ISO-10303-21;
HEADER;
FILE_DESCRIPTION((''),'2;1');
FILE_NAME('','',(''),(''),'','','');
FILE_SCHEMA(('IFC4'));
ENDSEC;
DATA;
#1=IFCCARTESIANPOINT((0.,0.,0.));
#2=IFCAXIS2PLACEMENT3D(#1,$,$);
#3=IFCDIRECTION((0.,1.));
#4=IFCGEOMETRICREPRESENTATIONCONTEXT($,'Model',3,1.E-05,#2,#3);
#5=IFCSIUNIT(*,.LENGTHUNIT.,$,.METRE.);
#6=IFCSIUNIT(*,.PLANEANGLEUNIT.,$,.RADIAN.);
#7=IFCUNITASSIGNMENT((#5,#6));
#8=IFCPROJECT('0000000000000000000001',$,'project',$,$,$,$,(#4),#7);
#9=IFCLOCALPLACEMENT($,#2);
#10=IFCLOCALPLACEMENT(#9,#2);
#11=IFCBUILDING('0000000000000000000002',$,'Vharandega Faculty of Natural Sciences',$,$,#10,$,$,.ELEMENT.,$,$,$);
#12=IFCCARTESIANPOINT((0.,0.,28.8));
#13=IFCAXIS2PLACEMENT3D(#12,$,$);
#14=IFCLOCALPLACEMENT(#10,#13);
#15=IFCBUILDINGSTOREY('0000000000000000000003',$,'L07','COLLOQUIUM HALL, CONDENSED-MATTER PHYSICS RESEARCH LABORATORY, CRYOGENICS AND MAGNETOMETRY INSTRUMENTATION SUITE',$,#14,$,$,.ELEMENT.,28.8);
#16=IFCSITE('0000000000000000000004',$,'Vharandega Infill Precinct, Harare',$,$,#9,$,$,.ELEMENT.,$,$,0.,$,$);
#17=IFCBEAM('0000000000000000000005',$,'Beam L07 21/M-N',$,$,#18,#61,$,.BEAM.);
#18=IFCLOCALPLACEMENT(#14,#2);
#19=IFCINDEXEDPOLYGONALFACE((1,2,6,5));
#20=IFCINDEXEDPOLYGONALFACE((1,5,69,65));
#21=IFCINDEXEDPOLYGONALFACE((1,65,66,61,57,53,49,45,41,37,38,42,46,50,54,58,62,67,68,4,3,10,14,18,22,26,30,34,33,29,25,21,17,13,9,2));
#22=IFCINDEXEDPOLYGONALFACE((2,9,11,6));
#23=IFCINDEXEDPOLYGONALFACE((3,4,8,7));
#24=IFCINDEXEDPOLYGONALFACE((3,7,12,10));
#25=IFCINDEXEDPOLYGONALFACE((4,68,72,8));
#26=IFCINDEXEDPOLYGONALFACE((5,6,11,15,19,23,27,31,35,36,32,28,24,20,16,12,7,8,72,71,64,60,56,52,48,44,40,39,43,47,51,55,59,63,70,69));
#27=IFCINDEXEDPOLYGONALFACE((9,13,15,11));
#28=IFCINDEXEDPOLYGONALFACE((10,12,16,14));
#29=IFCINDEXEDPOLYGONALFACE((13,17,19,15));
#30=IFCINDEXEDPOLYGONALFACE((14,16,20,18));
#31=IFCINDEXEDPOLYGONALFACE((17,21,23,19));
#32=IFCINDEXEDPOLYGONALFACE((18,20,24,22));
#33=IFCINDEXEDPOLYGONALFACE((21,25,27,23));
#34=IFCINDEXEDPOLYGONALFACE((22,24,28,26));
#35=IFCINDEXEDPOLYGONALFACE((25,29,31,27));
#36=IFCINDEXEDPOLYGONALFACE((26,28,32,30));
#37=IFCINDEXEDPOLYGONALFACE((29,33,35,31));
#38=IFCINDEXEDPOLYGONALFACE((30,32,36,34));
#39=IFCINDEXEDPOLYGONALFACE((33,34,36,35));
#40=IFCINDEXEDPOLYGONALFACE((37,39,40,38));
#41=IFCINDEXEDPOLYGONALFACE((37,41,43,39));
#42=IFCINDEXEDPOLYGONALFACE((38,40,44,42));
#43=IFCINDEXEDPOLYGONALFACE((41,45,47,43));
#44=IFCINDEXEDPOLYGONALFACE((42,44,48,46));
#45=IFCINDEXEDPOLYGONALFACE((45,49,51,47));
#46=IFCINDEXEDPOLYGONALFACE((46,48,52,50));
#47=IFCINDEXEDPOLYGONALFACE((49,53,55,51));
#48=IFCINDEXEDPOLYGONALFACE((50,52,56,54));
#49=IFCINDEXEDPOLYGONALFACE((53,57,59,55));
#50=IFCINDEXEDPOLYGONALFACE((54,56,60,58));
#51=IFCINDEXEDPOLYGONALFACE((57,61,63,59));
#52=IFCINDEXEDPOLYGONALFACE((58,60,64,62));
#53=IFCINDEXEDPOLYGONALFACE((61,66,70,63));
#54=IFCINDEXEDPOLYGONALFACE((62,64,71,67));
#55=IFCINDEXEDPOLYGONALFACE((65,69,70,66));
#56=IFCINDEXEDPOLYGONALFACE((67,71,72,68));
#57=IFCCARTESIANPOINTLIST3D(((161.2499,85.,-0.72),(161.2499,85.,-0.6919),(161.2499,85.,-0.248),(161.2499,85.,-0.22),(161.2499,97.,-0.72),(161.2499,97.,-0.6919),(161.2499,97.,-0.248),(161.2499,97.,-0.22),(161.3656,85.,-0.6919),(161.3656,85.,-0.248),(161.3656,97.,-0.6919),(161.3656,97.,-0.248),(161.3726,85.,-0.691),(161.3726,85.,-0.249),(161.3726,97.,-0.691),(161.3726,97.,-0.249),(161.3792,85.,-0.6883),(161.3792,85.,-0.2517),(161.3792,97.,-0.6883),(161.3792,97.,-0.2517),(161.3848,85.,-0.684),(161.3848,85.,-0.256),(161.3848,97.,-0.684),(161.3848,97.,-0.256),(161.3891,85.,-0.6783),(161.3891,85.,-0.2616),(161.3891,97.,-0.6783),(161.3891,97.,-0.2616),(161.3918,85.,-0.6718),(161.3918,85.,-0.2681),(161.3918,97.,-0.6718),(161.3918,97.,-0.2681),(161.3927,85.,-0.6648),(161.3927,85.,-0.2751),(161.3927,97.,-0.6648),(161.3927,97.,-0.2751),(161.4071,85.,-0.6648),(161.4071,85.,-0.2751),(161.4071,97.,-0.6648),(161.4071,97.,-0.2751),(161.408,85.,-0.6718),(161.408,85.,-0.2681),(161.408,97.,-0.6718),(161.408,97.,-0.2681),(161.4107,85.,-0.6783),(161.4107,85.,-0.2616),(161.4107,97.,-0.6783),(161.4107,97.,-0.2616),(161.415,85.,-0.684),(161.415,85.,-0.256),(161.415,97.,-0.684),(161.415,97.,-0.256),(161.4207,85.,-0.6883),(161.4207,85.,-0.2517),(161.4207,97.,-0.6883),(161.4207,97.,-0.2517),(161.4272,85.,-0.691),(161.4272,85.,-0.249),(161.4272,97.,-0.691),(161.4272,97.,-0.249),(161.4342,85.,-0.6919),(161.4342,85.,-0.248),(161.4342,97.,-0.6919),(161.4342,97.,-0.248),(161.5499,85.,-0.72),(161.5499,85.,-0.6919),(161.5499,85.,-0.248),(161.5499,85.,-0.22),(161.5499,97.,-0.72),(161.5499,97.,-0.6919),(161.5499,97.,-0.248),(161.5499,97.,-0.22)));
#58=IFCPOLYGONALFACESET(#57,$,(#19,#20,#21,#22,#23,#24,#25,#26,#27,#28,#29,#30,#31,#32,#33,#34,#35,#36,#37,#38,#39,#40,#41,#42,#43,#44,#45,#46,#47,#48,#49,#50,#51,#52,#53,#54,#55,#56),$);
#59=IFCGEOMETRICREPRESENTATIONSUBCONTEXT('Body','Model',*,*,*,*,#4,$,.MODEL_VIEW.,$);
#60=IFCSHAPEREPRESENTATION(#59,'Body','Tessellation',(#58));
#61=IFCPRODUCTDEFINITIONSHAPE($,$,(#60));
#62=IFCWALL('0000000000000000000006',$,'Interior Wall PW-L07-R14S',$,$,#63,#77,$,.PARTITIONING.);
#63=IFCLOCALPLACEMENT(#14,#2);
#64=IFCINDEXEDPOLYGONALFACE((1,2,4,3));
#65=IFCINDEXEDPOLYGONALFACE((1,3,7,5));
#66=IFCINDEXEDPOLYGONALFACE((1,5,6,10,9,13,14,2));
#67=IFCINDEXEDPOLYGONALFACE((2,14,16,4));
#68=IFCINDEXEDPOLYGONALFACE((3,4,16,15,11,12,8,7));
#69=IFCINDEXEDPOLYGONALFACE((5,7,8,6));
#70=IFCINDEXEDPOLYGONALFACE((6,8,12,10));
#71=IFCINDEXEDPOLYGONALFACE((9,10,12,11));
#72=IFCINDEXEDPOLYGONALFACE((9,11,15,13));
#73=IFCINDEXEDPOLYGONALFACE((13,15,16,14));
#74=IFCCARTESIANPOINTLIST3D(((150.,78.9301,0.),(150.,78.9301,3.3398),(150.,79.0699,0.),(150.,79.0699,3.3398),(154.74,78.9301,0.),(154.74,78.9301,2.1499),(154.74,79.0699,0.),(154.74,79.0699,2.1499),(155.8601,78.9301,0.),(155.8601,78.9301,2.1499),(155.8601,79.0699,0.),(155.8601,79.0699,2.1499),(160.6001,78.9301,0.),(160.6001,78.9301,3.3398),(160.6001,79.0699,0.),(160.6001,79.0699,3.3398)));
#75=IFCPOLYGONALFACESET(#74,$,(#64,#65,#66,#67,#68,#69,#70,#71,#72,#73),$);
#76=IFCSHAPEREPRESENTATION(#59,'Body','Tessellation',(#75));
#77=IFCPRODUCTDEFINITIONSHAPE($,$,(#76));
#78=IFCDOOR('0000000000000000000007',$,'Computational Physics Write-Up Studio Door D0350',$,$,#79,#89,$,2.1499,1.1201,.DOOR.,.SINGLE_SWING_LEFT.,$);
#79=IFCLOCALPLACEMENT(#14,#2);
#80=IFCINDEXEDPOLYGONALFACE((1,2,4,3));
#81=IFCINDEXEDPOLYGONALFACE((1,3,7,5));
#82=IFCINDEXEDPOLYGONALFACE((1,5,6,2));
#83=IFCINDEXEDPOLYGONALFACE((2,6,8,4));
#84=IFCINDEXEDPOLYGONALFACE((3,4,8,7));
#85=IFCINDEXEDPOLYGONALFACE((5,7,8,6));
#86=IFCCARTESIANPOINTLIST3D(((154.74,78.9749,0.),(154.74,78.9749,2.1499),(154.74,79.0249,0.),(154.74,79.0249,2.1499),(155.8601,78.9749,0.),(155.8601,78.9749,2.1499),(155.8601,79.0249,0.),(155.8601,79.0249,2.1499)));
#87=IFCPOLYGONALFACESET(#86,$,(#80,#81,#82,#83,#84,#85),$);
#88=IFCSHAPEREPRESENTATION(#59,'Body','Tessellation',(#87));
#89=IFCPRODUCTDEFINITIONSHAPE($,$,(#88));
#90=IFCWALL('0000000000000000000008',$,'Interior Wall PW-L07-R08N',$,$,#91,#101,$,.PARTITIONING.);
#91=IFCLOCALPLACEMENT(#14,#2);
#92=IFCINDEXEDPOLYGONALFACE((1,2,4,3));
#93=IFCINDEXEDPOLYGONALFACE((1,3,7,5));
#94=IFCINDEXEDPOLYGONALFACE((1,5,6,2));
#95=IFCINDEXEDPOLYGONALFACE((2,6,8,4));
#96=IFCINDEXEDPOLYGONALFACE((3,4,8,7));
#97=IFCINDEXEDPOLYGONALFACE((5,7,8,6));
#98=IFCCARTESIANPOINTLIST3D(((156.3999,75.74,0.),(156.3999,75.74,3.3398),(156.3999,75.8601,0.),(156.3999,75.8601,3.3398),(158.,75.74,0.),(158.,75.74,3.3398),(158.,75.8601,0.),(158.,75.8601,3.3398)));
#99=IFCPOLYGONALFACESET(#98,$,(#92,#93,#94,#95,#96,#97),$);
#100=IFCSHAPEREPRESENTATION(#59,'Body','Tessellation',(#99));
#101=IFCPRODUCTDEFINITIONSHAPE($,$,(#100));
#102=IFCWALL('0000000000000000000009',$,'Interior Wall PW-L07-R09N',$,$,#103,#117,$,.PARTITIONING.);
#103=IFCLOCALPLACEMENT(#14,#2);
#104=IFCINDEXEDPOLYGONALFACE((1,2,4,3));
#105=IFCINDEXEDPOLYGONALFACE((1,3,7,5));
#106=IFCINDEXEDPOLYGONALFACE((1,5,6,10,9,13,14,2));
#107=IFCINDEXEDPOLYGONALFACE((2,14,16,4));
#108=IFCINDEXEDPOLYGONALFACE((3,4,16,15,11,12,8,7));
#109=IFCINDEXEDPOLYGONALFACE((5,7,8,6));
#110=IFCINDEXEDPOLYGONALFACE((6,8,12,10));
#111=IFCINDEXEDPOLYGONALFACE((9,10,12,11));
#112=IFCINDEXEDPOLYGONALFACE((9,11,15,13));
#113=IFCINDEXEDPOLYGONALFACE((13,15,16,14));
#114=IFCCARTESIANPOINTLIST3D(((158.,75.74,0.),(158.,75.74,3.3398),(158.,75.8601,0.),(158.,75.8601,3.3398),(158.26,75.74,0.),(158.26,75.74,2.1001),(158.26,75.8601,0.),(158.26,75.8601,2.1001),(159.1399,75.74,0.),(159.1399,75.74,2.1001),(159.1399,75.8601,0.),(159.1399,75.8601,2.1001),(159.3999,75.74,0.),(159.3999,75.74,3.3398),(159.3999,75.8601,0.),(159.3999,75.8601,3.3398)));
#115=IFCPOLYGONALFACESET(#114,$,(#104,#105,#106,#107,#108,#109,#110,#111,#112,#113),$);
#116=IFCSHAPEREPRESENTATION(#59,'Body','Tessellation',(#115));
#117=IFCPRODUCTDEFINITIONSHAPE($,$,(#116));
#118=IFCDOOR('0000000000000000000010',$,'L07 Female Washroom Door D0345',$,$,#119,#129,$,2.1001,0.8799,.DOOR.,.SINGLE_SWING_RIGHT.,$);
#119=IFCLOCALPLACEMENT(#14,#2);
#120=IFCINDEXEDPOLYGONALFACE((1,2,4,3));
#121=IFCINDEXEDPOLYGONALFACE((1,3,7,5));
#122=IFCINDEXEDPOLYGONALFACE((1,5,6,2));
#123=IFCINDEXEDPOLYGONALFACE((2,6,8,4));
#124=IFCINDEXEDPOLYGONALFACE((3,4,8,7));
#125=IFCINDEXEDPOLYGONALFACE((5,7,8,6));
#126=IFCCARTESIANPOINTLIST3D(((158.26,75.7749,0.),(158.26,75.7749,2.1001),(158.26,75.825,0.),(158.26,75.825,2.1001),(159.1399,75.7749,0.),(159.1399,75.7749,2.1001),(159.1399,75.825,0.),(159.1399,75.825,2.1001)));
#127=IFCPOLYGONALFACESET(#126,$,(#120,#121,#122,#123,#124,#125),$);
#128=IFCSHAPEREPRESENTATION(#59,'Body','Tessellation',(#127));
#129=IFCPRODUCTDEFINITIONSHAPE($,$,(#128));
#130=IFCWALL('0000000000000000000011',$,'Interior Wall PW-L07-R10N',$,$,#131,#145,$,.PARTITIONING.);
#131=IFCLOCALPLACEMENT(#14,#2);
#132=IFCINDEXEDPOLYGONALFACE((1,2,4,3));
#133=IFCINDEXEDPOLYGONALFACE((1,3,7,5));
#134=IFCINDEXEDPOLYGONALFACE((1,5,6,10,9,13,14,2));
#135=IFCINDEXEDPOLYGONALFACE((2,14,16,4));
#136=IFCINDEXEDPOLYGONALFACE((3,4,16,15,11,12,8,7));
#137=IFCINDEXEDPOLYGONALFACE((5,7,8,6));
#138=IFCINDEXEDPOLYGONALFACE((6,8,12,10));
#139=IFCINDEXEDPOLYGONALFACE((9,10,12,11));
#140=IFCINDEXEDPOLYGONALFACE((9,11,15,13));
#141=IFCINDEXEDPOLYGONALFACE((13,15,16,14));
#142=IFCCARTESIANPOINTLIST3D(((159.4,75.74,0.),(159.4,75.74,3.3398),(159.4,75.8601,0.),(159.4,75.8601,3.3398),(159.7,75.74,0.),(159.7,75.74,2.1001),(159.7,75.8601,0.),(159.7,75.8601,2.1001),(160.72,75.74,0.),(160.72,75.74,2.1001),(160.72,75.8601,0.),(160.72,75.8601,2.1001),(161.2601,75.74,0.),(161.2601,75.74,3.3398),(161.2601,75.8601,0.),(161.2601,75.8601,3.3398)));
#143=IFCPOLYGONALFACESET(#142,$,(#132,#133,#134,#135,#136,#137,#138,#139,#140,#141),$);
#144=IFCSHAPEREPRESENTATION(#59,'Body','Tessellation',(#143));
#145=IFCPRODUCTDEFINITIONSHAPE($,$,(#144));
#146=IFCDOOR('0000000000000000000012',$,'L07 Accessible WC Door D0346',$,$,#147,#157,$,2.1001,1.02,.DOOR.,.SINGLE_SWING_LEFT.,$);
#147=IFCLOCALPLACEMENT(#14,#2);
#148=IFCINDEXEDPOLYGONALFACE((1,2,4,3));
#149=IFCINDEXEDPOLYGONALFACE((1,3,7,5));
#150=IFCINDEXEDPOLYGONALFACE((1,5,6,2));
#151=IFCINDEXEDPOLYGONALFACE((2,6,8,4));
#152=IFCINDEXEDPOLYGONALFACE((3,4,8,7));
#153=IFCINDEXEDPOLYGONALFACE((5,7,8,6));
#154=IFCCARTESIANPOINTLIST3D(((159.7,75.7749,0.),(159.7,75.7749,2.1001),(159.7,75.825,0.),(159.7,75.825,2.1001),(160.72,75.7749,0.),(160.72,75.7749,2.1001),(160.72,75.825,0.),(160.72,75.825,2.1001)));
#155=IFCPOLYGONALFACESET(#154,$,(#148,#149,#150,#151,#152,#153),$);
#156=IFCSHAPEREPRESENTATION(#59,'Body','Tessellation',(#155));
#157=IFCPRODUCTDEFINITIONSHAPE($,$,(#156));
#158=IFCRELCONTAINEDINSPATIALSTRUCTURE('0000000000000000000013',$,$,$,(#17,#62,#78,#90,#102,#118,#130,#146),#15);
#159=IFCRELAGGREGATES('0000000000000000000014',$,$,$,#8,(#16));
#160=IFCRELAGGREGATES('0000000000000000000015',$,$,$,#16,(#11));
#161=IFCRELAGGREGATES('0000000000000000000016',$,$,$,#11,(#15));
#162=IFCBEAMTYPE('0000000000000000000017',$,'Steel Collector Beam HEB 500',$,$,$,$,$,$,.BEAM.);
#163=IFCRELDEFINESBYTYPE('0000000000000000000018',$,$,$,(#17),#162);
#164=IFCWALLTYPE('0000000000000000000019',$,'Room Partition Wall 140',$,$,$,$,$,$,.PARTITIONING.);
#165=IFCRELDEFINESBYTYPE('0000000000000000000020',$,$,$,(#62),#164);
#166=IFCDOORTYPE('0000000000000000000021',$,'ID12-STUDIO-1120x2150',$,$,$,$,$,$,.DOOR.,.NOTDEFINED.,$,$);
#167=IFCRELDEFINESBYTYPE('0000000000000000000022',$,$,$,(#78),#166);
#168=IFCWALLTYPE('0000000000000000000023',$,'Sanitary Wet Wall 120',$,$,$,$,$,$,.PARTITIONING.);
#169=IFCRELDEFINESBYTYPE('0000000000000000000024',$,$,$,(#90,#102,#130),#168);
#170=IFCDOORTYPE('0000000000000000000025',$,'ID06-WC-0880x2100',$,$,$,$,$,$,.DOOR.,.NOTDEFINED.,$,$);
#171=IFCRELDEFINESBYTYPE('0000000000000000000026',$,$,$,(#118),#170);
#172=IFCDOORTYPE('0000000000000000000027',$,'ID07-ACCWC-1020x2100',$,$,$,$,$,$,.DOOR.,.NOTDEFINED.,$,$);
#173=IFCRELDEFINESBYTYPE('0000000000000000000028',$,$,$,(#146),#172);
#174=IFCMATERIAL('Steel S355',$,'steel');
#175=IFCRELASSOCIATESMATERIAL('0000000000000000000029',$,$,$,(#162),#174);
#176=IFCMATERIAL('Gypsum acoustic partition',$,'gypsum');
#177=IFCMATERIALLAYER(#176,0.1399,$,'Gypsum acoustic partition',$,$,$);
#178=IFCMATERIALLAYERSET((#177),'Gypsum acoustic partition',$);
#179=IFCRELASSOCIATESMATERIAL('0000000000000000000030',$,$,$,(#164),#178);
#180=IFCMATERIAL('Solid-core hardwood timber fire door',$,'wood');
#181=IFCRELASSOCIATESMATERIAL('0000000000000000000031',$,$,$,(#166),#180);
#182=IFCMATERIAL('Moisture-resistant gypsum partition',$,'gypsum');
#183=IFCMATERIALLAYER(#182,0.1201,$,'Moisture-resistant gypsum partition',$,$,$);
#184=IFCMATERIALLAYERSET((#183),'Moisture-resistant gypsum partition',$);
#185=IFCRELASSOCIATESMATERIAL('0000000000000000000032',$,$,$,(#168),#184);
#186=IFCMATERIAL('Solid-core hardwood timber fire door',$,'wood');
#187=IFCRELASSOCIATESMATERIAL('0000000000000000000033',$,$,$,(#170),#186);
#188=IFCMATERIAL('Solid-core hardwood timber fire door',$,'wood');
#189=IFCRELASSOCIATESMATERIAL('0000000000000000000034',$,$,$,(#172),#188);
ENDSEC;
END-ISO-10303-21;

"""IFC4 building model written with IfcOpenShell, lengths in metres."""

from ifc_helpers import new_model, si_unit, direction, frame, frame_2d, origin, origin_2d, place, context, subcontext, project, spatial, rectangle, i_section, extrude, material, layer, layer_set, material_profile, profile_set, type_object, element, fill, save


model = new_model("IFC4")

# Units and contexts
model_context = context("Model", 3, precision=1e-05, world=origin(), true_north=direction((0.0, 1.0)))
body_context = subcontext(model_context, "Body", "Model", "MODEL_VIEW")
ifc_project = project(units=[si_unit("LENGTHUNIT", "METRE"), si_unit("PLANEANGLEUNIT", "RADIAN")], contexts=[model_context])

# Site, building, storey
site_placement = place(None, origin())
site = spatial("IfcSite", under=ifc_project, at=site_placement, Name="Vharandega Infill Precinct, Harare", CompositionType="ELEMENT", RefElevation=0.0)
building_placement = place(site_placement, origin())
building = spatial("IfcBuilding", under=site, at=building_placement, Name="Vharandega Faculty of Natural Sciences", CompositionType="ELEMENT")
storey_placement = place(building_placement, frame((0.0, 0.0, 28.8)))
storey = spatial("IfcBuildingStorey", under=building, at=storey_placement, Name="L07", Description="COLLOQUIUM HALL, CONDENSED-MATTER PHYSICS RESEARCH LABORATORY, CRYOGENICS AND MAGNETOMETRY INSTRUMENTATION SUITE", CompositionType="ELEMENT", Elevation=28.8)

# Beam
ifc_material_1 = material(Name="Steel S355", Category="steel")
ifc_material_profile_1 = material_profile(ifc_material_1, i_section(OverallWidth=0.3, OverallDepth=0.5, WebThickness=0.0144, FlangeThickness=0.0281, FilletRadius=0.0271, at=origin_2d()), Name="HEB 500")
ifc_profile_set_1 = profile_set([ifc_material_profile_1], Name="Steel S355")
beam_type_1 = type_object("IfcBeamType", Name="Steel Collector Beam HEB 500", PredefinedType="BEAM", material=ifc_profile_set_1)
for number, where, z_axis, x_axis, name in (
    (1, (161.3999, 85.0, -0.47), (0.0, 1.0, 0.0), (-1.0, 0.0, 0.0), "Beam L07 21/M-N"),
):
    element("IfcBeam", number, at=place(storey_placement, frame(where, z_axis=z_axis, x_axis=x_axis)), inside=storey, type_object=beam_type_1, Name=name, PredefinedType="BEAM", context=body_context, shape_type="SweptSolid", body=[
        extrude(i_section(OverallWidth=0.3, OverallDepth=0.5, WebThickness=0.0144, FlangeThickness=0.0281, FilletRadius=0.0271, at=origin_2d()), origin(), (0.0, 0.0, 1.0), 12.0),
    ])

# Wall, opening, door
ifc_material_2 = material(Name="Gypsum acoustic partition", Category="gypsum")
ifc_layer_1 = layer(ifc_material_2, 0.1399, Name="Gypsum acoustic partition")
ifc_layer_set_1 = layer_set([ifc_layer_1], Name="Gypsum acoustic partition")
wall_type_1 = type_object("IfcWallType", Name="Room Partition Wall 140", PredefinedType="PARTITIONING", material=ifc_layer_set_1)
wall_1_placement = place(storey_placement, frame((150.0, 79.0, 0.0), z_axis=(0.0, 0.0, 1.0), x_axis=(1.0, 0.0, 0.0)))
wall_1 = element("IfcWall", 2, at=wall_1_placement, inside=storey, type_object=wall_type_1, Name="Interior Wall PW-L07-R14S", PredefinedType="PARTITIONING", context=body_context, shape_type="SweptSolid", body=[
    extrude(rectangle(XDim=10.6001, YDim=0.1399, at=frame_2d((5.3, 0.0))), origin(), (0.0, 0.0, 1.0), 3.3398),
])
opening_1_placement = place(wall_1_placement, frame((4.74, 0.0, 0.0)))
opening_1 = element("IfcOpeningElement", 3, at=opening_1_placement, cuts=wall_1, PredefinedType="OPENING", context=body_context, shape_type="SweptSolid", body=[
    extrude(rectangle(XDim=1.1201, YDim=2.1499, at=frame_2d((0.5601, 1.075))), frame((0.0, 0.0801, 0.0), z_axis=(0.0, -1.0, 0.0), x_axis=(1.0, 0.0, 0.0)), (0.0, 0.0, 1.0), 0.1599),
])
ifc_material_3 = material(Name="Solid-core hardwood timber fire door", Category="wood")
door_type_1 = type_object("IfcDoorType", Name="ID12-STUDIO-1120x2150", OperationType="NOTDEFINED", PredefinedType="DOOR", material=ifc_material_3)
door_1_placement = place(opening_1_placement, origin())
door_1 = element("IfcDoor", 4, at=door_1_placement, inside=storey, type_object=door_type_1, Name="Computational Physics Write-Up Studio Door D0350", OperationType="SINGLE_SWING_LEFT", OverallHeight=2.1499, OverallWidth=1.1201, PredefinedType="DOOR", context=body_context, shape_type="SweptSolid", body=[
    extrude(rectangle(XDim=1.1201, YDim=2.1499, at=frame_2d((0.5601, 1.075))), frame((0.0, 0.0249, 0.0), z_axis=(0.0, -1.0, 0.0), x_axis=(1.0, 0.0, 0.0)), (0.0, 0.0, 1.0), 0.05),
])
fill(opening_1, door_1)

# Wall
ifc_material_4 = material(Name="Moisture-resistant gypsum partition", Category="gypsum")
ifc_layer_2 = layer(ifc_material_4, 0.1201, Name="Moisture-resistant gypsum partition")
ifc_layer_set_2 = layer_set([ifc_layer_2], Name="Moisture-resistant gypsum partition")
wall_type_2 = type_object("IfcWallType", Name="Sanitary Wet Wall 120", PredefinedType="PARTITIONING", material=ifc_layer_set_2)
wall_2_placement = place(storey_placement, frame((156.3999, 75.8, 0.0), z_axis=(0.0, 0.0, 1.0), x_axis=(1.0, 0.0, 0.0)))
element("IfcWall", 5, at=wall_2_placement, inside=storey, type_object=wall_type_2, Name="Interior Wall PW-L07-R08N", PredefinedType="PARTITIONING", context=body_context, shape_type="SweptSolid", body=[
    extrude(rectangle(XDim=1.6001, YDim=0.1201, at=frame_2d((0.8, 0.0))), origin(), (0.0, 0.0, 1.0), 3.3398),
])

# Walls, openings, doors
wall_3_placement = place(storey_placement, frame((158.0, 75.8, 0.0), z_axis=(0.0, 0.0, 1.0), x_axis=(1.0, 0.0, 0.0)))
wall_3 = element("IfcWall", 6, at=wall_3_placement, inside=storey, type_object=wall_type_2, Name="Interior Wall PW-L07-R09N", PredefinedType="PARTITIONING", context=body_context, shape_type="SweptSolid", body=[
    extrude(rectangle(XDim=1.3999, YDim=0.1201, at=frame_2d((0.7, 0.0))), origin(), (0.0, 0.0, 1.0), 3.3398),
])
opening_2_placement = place(wall_3_placement, frame((0.26, 0.0, 0.0)))
opening_2 = element("IfcOpeningElement", 7, at=opening_2_placement, cuts=wall_3, PredefinedType="OPENING", context=body_context, shape_type="SweptSolid", body=[
    extrude(rectangle(XDim=0.8799, YDim=2.1001, at=frame_2d((0.4399, 1.05))), frame((0.0, 0.0701, 0.0), z_axis=(0.0, -1.0, 0.0), x_axis=(1.0, 0.0, 0.0)), (0.0, 0.0, 1.0), 0.1401),
])
ifc_material_5 = material(Name="Solid-core hardwood timber fire door", Category="wood")
door_type_2 = type_object("IfcDoorType", Name="ID06-WC-0880x2100", OperationType="NOTDEFINED", PredefinedType="DOOR", material=ifc_material_5)
door_2_placement = place(opening_2_placement, origin())
door_2 = element("IfcDoor", 8, at=door_2_placement, inside=storey, type_object=door_type_2, Name="L07 Female Washroom Door D0345", OperationType="SINGLE_SWING_RIGHT", OverallHeight=2.1001, OverallWidth=0.8799, PredefinedType="DOOR", context=body_context, shape_type="SweptSolid", body=[
    extrude(rectangle(XDim=0.8799, YDim=2.1001, at=frame_2d((0.4399, 1.05))), frame((0.0, 0.0249, 0.0), z_axis=(0.0, -1.0, 0.0), x_axis=(1.0, 0.0, 0.0)), (0.0, 0.0, 1.0), 0.05),
])
fill(opening_2, door_2)
wall_4_placement = place(storey_placement, frame((159.3999, 75.8, 0.0), z_axis=(0.0, 0.0, 1.0), x_axis=(1.0, 0.0, 0.0)))
wall_4 = element("IfcWall", 9, at=wall_4_placement, inside=storey, type_object=wall_type_2, Name="Interior Wall PW-L07-R10N", PredefinedType="PARTITIONING", context=body_context, shape_type="SweptSolid", body=[
    extrude(rectangle(XDim=1.8601, YDim=0.1201, at=frame_2d((0.9302, 0.0))), origin(), (0.0, 0.0, 1.0), 3.3398),
])
opening_3_placement = place(wall_4_placement, frame((0.3, 0.0, 0.0)))
opening_3 = element("IfcOpeningElement", 10, at=opening_3_placement, cuts=wall_4, PredefinedType="OPENING", context=body_context, shape_type="SweptSolid", body=[
    extrude(rectangle(XDim=1.02, YDim=2.1001, at=frame_2d((0.51, 1.05))), frame((0.0, 0.0701, 0.0), z_axis=(0.0, -1.0, 0.0), x_axis=(1.0, 0.0, 0.0)), (0.0, 0.0, 1.0), 0.1401),
])
ifc_material_6 = material(Name="Solid-core hardwood timber fire door", Category="wood")
door_type_3 = type_object("IfcDoorType", Name="ID07-ACCWC-1020x2100", OperationType="NOTDEFINED", PredefinedType="DOOR", material=ifc_material_6)
door_3_placement = place(opening_3_placement, origin())
door_3 = element("IfcDoor", 11, at=door_3_placement, inside=storey, type_object=door_type_3, Name="L07 Accessible WC Door D0346", OperationType="SINGLE_SWING_LEFT", OverallHeight=2.1001, OverallWidth=1.02, PredefinedType="DOOR", context=body_context, shape_type="SweptSolid", body=[
    extrude(rectangle(XDim=1.02, YDim=2.1001, at=frame_2d((0.51, 1.05))), frame((0.0, 0.0249, 0.0), z_axis=(0.0, -1.0, 0.0), x_axis=(1.0, 0.0, 0.0)), (0.0, 0.0, 1.0), 0.05),
])
fill(opening_3, door_3)

save(model, "model.ifc")
